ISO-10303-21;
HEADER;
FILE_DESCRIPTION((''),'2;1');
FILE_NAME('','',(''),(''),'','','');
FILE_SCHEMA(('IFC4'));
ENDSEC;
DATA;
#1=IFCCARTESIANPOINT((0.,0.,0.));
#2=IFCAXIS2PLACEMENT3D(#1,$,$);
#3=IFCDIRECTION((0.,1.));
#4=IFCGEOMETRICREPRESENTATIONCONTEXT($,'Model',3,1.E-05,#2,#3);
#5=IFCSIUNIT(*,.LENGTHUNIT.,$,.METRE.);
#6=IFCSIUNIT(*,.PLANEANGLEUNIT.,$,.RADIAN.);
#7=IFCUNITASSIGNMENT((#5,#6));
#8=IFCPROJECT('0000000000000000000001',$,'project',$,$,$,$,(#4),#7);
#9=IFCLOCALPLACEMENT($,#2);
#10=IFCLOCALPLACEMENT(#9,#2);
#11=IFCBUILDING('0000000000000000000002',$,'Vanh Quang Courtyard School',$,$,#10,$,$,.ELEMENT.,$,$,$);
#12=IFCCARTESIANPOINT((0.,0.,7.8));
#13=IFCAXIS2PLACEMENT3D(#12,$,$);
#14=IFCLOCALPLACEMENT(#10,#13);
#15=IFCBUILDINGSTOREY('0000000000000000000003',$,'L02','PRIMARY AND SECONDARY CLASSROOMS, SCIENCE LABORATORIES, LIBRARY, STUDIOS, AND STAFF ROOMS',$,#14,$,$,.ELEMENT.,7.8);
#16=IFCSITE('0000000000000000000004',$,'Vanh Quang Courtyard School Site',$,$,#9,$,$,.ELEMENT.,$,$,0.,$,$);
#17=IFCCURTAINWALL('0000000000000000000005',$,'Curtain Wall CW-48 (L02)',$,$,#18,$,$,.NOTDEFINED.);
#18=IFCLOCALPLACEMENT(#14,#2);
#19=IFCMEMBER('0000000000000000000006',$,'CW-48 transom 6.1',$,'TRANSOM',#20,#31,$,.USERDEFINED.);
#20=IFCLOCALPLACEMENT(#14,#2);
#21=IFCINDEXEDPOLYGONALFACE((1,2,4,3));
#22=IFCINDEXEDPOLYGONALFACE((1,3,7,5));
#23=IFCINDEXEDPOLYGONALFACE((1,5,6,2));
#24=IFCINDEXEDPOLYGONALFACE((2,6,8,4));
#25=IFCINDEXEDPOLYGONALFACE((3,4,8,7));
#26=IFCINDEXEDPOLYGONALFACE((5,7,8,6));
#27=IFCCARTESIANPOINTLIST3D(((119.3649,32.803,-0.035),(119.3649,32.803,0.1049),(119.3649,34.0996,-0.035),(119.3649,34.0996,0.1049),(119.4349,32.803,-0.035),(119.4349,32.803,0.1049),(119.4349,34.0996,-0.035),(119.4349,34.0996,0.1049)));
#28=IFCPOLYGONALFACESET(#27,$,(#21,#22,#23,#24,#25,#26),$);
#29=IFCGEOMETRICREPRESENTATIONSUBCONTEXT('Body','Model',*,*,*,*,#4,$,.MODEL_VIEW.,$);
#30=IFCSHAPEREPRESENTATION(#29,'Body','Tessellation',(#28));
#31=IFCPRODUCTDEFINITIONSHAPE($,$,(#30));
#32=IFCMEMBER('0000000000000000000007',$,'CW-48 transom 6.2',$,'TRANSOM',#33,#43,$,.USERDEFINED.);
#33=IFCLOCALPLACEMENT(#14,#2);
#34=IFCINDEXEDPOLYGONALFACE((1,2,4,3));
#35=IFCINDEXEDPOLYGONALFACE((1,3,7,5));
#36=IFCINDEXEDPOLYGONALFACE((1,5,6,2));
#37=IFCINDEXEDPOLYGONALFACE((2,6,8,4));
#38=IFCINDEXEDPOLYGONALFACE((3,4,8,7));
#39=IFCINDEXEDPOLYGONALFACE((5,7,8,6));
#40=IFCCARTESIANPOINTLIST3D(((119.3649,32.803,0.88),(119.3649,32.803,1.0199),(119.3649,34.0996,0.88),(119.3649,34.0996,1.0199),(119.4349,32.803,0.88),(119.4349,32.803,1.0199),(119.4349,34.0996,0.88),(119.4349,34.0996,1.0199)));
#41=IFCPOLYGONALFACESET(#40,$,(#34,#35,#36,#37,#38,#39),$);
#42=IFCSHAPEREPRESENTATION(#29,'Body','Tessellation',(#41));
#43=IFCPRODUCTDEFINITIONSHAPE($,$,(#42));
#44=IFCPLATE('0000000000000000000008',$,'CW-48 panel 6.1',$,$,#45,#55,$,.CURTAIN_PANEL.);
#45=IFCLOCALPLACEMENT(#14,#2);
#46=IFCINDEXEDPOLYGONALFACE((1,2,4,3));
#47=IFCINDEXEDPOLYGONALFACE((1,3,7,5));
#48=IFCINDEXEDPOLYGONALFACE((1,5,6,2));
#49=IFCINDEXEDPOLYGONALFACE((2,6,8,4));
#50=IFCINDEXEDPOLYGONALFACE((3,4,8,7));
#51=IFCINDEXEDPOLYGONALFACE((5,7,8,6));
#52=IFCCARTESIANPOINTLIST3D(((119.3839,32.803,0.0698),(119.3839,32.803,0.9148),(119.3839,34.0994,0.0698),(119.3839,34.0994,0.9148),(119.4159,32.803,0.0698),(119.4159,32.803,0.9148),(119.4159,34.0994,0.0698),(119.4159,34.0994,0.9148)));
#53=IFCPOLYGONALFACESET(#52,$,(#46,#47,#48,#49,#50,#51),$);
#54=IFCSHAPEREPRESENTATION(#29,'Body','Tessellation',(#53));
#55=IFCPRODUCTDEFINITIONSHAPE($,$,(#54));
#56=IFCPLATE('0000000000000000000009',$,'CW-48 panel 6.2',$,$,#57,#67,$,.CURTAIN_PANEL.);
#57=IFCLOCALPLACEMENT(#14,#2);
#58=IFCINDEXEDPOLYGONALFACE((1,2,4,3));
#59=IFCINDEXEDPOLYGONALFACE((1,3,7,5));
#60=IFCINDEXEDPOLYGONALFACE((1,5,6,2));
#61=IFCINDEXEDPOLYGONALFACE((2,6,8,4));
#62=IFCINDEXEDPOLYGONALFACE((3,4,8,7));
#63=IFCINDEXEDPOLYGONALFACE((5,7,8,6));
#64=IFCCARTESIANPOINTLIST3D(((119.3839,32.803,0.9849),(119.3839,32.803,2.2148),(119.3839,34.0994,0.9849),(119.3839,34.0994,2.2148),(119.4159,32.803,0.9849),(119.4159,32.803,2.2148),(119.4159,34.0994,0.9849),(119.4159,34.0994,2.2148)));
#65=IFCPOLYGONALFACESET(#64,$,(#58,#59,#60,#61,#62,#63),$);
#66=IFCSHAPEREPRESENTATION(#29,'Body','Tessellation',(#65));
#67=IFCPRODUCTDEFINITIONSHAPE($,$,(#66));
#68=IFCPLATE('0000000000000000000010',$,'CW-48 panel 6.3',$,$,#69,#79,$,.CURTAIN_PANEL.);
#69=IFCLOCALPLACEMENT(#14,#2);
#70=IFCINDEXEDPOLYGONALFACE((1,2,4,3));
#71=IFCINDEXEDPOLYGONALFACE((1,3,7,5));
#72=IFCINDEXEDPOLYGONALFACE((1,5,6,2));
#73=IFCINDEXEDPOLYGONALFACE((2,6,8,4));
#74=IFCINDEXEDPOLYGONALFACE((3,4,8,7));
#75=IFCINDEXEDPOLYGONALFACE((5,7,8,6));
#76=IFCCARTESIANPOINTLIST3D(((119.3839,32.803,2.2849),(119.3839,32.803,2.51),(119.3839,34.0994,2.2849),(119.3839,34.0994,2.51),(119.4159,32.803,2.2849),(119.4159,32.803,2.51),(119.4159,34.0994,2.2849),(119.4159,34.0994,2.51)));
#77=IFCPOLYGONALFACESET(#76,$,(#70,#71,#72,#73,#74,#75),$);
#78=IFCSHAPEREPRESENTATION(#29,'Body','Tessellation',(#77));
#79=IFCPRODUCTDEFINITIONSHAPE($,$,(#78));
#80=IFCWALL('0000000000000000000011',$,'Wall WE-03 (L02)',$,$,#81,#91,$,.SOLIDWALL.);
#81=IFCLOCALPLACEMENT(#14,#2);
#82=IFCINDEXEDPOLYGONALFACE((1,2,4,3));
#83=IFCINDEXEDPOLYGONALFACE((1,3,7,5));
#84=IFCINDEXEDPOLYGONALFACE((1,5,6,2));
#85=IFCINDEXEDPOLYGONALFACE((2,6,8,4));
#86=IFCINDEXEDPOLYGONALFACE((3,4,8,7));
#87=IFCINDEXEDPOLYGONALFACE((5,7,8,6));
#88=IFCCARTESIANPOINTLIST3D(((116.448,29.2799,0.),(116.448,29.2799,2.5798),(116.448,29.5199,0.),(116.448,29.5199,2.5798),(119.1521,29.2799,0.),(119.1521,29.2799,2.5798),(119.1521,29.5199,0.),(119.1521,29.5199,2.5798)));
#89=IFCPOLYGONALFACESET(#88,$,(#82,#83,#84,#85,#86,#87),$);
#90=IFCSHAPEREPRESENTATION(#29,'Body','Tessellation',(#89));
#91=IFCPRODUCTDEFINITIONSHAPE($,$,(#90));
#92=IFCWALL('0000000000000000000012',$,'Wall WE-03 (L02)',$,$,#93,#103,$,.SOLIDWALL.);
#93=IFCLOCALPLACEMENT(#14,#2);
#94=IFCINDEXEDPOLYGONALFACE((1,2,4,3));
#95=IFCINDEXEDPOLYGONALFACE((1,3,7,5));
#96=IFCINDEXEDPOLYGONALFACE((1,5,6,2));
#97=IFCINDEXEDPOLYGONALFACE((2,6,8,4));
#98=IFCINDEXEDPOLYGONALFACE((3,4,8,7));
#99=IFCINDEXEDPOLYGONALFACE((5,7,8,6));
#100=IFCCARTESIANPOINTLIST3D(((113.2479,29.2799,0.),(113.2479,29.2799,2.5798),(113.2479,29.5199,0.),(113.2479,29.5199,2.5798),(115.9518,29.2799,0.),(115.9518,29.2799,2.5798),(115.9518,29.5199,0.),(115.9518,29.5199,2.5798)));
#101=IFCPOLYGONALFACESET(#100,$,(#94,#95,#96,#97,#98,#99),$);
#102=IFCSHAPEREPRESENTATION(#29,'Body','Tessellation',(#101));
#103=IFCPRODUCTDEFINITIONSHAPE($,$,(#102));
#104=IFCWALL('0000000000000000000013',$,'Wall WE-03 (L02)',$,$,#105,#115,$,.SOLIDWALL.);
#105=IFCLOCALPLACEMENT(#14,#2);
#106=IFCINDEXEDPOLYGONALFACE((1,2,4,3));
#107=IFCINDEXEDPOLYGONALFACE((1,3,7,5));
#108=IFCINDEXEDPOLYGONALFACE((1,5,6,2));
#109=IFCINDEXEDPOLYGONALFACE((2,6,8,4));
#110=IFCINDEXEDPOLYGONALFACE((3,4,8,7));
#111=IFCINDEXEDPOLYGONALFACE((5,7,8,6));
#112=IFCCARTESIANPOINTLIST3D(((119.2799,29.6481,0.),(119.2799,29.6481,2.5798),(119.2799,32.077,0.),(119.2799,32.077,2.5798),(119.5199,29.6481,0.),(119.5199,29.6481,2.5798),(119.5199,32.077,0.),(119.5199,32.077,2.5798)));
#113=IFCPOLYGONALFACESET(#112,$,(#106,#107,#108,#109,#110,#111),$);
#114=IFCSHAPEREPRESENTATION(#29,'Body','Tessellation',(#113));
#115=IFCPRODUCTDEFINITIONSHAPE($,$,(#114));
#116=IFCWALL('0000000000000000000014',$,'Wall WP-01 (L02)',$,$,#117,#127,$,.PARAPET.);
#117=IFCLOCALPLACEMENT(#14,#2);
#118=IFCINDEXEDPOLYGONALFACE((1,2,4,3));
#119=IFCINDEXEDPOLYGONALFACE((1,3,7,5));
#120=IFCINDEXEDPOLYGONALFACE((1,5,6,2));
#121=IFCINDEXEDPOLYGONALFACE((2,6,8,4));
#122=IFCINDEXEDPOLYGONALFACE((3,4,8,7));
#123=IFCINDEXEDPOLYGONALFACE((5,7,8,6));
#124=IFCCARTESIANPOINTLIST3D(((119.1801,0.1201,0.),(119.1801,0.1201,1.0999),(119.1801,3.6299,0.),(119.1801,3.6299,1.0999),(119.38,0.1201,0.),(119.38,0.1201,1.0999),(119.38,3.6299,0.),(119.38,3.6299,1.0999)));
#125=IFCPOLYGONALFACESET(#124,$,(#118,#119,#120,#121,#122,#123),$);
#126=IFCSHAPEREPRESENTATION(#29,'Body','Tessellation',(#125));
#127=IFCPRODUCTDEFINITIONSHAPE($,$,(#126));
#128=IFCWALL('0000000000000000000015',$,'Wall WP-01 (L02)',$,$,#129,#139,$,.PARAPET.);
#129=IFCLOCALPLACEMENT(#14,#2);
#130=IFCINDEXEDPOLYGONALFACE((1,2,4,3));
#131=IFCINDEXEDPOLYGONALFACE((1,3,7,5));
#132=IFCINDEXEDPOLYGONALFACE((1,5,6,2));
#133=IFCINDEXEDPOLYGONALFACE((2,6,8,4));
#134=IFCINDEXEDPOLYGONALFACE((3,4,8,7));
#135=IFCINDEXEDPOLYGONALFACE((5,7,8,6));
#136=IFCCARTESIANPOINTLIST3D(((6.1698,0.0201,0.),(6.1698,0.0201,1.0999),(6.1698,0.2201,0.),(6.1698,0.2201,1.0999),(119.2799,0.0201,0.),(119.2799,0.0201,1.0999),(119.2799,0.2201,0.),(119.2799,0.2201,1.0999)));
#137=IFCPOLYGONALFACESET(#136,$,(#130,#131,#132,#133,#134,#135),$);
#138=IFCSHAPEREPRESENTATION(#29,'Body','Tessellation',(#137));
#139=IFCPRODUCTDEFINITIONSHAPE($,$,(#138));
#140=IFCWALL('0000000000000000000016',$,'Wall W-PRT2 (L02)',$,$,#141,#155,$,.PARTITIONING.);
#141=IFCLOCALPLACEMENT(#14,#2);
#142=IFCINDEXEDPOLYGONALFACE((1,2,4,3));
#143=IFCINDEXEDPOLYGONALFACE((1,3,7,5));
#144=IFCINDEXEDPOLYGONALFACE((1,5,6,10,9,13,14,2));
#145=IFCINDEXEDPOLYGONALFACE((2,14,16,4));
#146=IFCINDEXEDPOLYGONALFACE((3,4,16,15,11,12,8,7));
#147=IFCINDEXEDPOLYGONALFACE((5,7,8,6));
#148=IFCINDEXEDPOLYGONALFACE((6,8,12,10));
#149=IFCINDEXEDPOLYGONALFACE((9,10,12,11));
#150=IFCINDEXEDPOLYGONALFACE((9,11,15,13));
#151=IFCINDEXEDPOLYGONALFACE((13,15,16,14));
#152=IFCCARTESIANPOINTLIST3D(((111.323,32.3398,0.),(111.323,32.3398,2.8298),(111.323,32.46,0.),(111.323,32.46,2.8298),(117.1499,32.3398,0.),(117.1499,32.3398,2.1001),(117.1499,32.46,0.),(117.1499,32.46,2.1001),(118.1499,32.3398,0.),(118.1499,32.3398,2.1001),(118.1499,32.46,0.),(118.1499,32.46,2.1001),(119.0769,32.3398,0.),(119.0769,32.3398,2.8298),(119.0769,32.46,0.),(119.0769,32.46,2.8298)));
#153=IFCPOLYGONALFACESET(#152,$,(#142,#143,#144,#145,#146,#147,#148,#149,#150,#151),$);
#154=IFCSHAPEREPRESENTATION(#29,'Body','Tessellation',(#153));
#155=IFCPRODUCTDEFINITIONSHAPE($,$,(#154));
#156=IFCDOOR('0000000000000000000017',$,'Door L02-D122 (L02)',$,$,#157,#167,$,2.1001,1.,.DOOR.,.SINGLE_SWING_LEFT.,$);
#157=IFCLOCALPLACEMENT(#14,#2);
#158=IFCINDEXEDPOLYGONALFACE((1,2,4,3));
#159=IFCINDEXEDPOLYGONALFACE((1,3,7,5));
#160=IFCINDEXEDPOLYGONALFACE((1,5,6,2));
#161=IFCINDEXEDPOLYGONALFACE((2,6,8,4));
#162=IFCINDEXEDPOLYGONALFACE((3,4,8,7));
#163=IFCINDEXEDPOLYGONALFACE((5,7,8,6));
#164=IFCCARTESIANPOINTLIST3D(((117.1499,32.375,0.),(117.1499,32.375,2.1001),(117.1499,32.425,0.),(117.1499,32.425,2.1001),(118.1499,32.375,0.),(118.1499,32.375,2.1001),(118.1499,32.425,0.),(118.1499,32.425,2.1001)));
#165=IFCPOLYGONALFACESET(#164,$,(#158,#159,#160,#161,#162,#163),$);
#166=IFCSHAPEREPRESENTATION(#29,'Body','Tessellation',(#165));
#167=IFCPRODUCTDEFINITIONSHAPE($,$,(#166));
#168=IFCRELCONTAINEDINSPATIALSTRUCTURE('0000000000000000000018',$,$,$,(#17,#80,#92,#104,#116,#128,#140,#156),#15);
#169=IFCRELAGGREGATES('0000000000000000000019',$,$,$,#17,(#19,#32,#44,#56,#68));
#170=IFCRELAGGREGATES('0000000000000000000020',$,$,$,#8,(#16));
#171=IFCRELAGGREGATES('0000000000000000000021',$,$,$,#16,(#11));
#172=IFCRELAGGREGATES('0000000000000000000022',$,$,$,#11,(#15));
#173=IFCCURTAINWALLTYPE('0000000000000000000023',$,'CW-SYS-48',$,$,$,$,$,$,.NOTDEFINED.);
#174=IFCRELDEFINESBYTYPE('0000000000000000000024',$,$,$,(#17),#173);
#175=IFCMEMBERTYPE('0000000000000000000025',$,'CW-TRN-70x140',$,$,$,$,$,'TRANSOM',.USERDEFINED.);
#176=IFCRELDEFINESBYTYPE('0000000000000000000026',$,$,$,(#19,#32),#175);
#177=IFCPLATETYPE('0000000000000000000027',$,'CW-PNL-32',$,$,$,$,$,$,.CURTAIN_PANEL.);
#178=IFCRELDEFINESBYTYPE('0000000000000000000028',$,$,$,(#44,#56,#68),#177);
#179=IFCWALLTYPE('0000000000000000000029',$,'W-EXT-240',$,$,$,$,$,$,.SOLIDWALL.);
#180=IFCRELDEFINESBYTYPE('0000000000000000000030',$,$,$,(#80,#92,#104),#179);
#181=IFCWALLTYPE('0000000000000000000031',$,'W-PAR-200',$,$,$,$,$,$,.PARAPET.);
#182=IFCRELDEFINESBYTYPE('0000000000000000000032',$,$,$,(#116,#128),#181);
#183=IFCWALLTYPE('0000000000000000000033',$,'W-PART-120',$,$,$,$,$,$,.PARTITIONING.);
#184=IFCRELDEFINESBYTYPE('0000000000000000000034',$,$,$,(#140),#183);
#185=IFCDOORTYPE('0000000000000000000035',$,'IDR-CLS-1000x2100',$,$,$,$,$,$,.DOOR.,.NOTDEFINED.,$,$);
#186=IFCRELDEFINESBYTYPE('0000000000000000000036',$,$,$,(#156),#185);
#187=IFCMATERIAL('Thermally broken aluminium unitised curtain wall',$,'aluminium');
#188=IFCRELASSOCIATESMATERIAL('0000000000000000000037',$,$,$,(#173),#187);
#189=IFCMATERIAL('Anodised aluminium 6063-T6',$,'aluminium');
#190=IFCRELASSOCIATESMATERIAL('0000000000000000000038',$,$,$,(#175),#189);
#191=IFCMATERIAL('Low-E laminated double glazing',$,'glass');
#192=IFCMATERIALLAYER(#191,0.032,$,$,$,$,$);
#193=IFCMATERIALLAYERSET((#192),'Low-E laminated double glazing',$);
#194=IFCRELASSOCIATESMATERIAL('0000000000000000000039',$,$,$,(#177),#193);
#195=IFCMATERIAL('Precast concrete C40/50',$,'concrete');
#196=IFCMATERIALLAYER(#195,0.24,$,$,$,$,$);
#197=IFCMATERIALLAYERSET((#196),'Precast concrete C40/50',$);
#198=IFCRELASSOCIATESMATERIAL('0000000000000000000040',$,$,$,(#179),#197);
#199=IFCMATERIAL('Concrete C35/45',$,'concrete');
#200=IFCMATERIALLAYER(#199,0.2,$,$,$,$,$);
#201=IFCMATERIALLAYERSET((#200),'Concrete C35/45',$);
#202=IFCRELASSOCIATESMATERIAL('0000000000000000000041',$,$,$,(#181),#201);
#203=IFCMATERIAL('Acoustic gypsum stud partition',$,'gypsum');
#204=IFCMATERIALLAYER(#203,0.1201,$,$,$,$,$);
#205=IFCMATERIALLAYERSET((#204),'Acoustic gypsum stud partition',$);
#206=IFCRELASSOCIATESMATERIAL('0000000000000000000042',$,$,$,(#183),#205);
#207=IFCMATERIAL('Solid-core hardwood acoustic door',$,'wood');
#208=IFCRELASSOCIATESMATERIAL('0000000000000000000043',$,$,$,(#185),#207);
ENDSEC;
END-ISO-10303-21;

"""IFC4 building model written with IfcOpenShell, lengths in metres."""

from ifc_helpers import new_model, si_unit, direction, frame, frame_2d, origin, origin_2d, place, context, subcontext, project, spatial, rectangle, extrude, material, layer, layer_set, material_profile, profile_set, type_object, element, fill, aggregate, save


model = new_model("IFC4")

# Units and contexts
model_context = context("Model", 3, precision=1e-05, world=origin(), true_north=direction((0.0, 1.0)))
body_context = subcontext(model_context, "Body", "Model", "MODEL_VIEW")
ifc_project = project(units=[si_unit("LENGTHUNIT", "METRE"), si_unit("PLANEANGLEUNIT", "RADIAN")], contexts=[model_context])

# Site, building, storey
site_placement = place(None, origin())
site = spatial("IfcSite", under=ifc_project, at=site_placement, Name="Vanh Quang Courtyard School Site", CompositionType="ELEMENT", RefElevation=0.0)
building_placement = place(site_placement, origin())
building = spatial("IfcBuilding", under=site, at=building_placement, Name="Vanh Quang Courtyard School", CompositionType="ELEMENT")
storey_placement = place(building_placement, frame((0.0, 0.0, 7.8)))
storey = spatial("IfcBuildingStorey", under=building, at=storey_placement, Name="L02", Description="PRIMARY AND SECONDARY CLASSROOMS, SCIENCE LABORATORIES, LIBRARY, STUDIOS, AND STAFF ROOMS", CompositionType="ELEMENT", Elevation=7.8)

# Shared definitions
ifc_material_1 = material(Name="Concrete C35/45", Category="concrete")

# Curtain wall, members, plates
ifc_material_2 = material(Name="Thermally broken aluminium unitised curtain wall", Category="aluminium")
curtain_wall_type = type_object("IfcCurtainWallType", Name="CW-SYS-48", PredefinedType="NOTDEFINED", material=ifc_material_2)
curtain_wall_placement = place(storey_placement, origin())
curtain_wall = element("IfcCurtainWall", 1, at=curtain_wall_placement, inside=storey, type_object=curtain_wall_type, Name="Curtain Wall CW-48 (L02)", PredefinedType="NOTDEFINED")
ifc_material_3 = material(Name="Anodised aluminium 6063-T6", Category="aluminium")
ifc_material_profile_1 = material_profile(ifc_material_3, rectangle(XDim=0.0701, YDim=0.1399, at=origin_2d()), Name="ALU-TRN 70x140")
ifc_profile_set_1 = profile_set([ifc_material_profile_1], Name="Anodised aluminium 6063-T6")
member_type_1 = type_object("IfcMemberType", Name="CW-TRN-70x140", ElementType="TRANSOM", PredefinedType="USERDEFINED", material=ifc_profile_set_1)
member_1_placement = place(storey_placement, frame((119.3999, 34.0996, 0.0349), z_axis=(0.0, -1.0, 0.0), x_axis=(1.0, 0.0, 0.0)))
member_1 = element("IfcMember", 2, at=member_1_placement, type_object=member_type_1, Name="CW-48 transom 6.1", ObjectType="TRANSOM", PredefinedType="USERDEFINED", context=body_context, shape_type="SweptSolid", body=[
    extrude(rectangle(XDim=0.0701, YDim=0.1399, at=origin_2d()), origin(), (0.0, 0.0, 1.0), 1.2966),
])
member_2_placement = place(storey_placement, frame((119.3999, 34.0996, 0.95), z_axis=(0.0, -1.0, 0.0), x_axis=(1.0, 0.0, 0.0)))
member_2 = element("IfcMember", 3, at=member_2_placement, type_object=member_type_1, Name="CW-48 transom 6.2", ObjectType="TRANSOM", PredefinedType="USERDEFINED", context=body_context, shape_type="SweptSolid", body=[
    extrude(rectangle(XDim=0.0701, YDim=0.1399, at=origin_2d()), origin(), (0.0, 0.0, 1.0), 1.2966),
])
ifc_material_4 = material(Name="Low-E laminated double glazing", Category="glass")
ifc_layer_1 = layer(ifc_material_4, 0.032)
ifc_layer_set_1 = layer_set([ifc_layer_1], Name="Low-E laminated double glazing")
plate_type = type_object("IfcPlateType", Name="CW-PNL-32", PredefinedType="CURTAIN_PANEL", material=ifc_layer_set_1)
plate_1_placement = place(storey_placement, frame((119.3999, 33.4512, 0.0698), z_axis=(0.0, 0.0, 1.0), x_axis=(0.0, -1.0, 0.0)))
plate_1 = element("IfcPlate", 4, at=plate_1_placement, type_object=plate_type, Name="CW-48 panel 6.1", PredefinedType="CURTAIN_PANEL", context=body_context, shape_type="SweptSolid", body=[
    extrude(rectangle(XDim=1.2964, YDim=0.032, at=origin_2d()), origin(), (0.0, 0.0, 1.0), 0.845),
])
plate_2_placement = place(storey_placement, frame((119.3999, 33.4512, 0.9849), z_axis=(0.0, 0.0, 1.0), x_axis=(0.0, -1.0, 0.0)))
plate_2 = element("IfcPlate", 5, at=plate_2_placement, type_object=plate_type, Name="CW-48 panel 6.2", PredefinedType="CURTAIN_PANEL", context=body_context, shape_type="SweptSolid", body=[
    extrude(rectangle(XDim=1.2964, YDim=0.032, at=origin_2d()), origin(), (0.0, 0.0, 1.0), 1.23),
])
plate_3_placement = place(storey_placement, frame((119.3999, 33.4512, 2.2849), z_axis=(0.0, 0.0, 1.0), x_axis=(0.0, -1.0, 0.0)))
plate_3 = element("IfcPlate", 6, at=plate_3_placement, type_object=plate_type, Name="CW-48 panel 6.3", PredefinedType="CURTAIN_PANEL", context=body_context, shape_type="SweptSolid", body=[
    extrude(rectangle(XDim=1.2964, YDim=0.032, at=origin_2d()), origin(), (0.0, 0.0, 1.0), 0.2251),
])
aggregate(curtain_wall, [member_1, member_2, plate_1, plate_2, plate_3])

# Walls
ifc_material_5 = material(Name="Precast concrete C40/50", Category="concrete")
ifc_layer_2 = layer(ifc_material_5, 0.24)
ifc_layer_set_2 = layer_set([ifc_layer_2], Name="Precast concrete C40/50")
wall_type_1 = type_object("IfcWallType", Name="W-EXT-240", PredefinedType="SOLIDWALL", material=ifc_layer_set_2)
wall_1_placement = place(storey_placement, frame((119.1521, 29.3999, 0.0), z_axis=(0.0, 0.0, 1.0), x_axis=(-1.0, 0.0, 0.0)))
element("IfcWall", 7, at=wall_1_placement, inside=storey, type_object=wall_type_1, Name="Wall WE-03 (L02)", PredefinedType="SOLIDWALL", context=body_context, shape_type="SweptSolid", body=[
    extrude(rectangle(XDim=2.7041, YDim=0.24, at=frame_2d((1.3521, 0.0))), origin(), (0.0, 0.0, 1.0), 2.5798),
])
wall_2_placement = place(storey_placement, frame((115.9519, 29.3999, 0.0), z_axis=(0.0, 0.0, 1.0), x_axis=(-1.0, 0.0, 0.0)))
element("IfcWall", 8, at=wall_2_placement, inside=storey, type_object=wall_type_1, Name="Wall WE-03 (L02)", PredefinedType="SOLIDWALL", context=body_context, shape_type="SweptSolid", body=[
    extrude(rectangle(XDim=2.7039, YDim=0.24, at=frame_2d((1.3521, 0.0))), origin(), (0.0, 0.0, 1.0), 2.5798),
])
wall_3_placement = place(storey_placement, frame((119.3999, 32.0769, 0.0), z_axis=(0.0, 0.0, 1.0), x_axis=(0.0, -1.0, 0.0)))
element("IfcWall", 9, at=wall_3_placement, inside=storey, type_object=wall_type_1, Name="Wall WE-03 (L02)", PredefinedType="SOLIDWALL", context=body_context, shape_type="SweptSolid", body=[
    extrude(rectangle(XDim=2.429, YDim=0.24, at=frame_2d((1.2144, 0.0))), origin(), (0.0, 0.0, 1.0), 2.5798),
])
ifc_layer_3 = layer(ifc_material_1, 0.2)
ifc_layer_set_3 = layer_set([ifc_layer_3], Name="Concrete C35/45")
wall_type_2 = type_object("IfcWallType", Name="W-PAR-200", PredefinedType="PARAPET", material=ifc_layer_set_3)
wall_4_placement = place(storey_placement, frame((119.28, 3.6299, 0.0), z_axis=(0.0, 0.0, 1.0), x_axis=(0.0, -1.0, 0.0)))
element("IfcWall", 10, at=wall_4_placement, inside=storey, type_object=wall_type_2, Name="Wall WP-01 (L02)", PredefinedType="PARAPET", context=body_context, shape_type="SweptSolid", body=[
    extrude(rectangle(XDim=3.5098, YDim=0.2, at=frame_2d((1.7549, 0.0))), origin(), (0.0, 0.0, 1.0), 1.0999),
])
wall_5_placement = place(storey_placement, frame((119.28, 0.1201, 0.0), z_axis=(0.0, 0.0, 1.0), x_axis=(-1.0, 0.0, 0.0)))
element("IfcWall", 11, at=wall_5_placement, inside=storey, type_object=wall_type_2, Name="Wall WP-01 (L02)", PredefinedType="PARAPET", context=body_context, shape_type="SweptSolid", body=[
    extrude(rectangle(XDim=113.1101, YDim=0.2, at=frame_2d((56.5552, 0.0))), origin(), (0.0, 0.0, 1.0), 1.0999),
])

# Wall, opening, door
ifc_material_6 = material(Name="Acoustic gypsum stud partition", Category="gypsum")
ifc_layer_4 = layer(ifc_material_6, 0.1201)
ifc_layer_set_4 = layer_set([ifc_layer_4], Name="Acoustic gypsum stud partition")
wall_type_3 = type_object("IfcWallType", Name="W-PART-120", PredefinedType="PARTITIONING", material=ifc_layer_set_4)
wall_6_placement = place(storey_placement, frame((119.0769, 32.3999, 0.0), z_axis=(0.0, 0.0, 1.0), x_axis=(-1.0, 0.0, 0.0)))
wall_6 = element("IfcWall", 12, at=wall_6_placement, inside=storey, type_object=wall_type_3, Name="Wall W-PRT2 (L02)", PredefinedType="PARTITIONING", context=body_context, shape_type="SweptSolid", body=[
    extrude(rectangle(XDim=7.7539, YDim=0.1201, at=frame_2d((3.877, 0.0))), origin(), (0.0, 0.0, 1.0), 2.8298),
])
opening_placement = place(wall_6_placement, frame((0.927, 0.0, 0.0)))
opening = element("IfcOpeningElement", 13, at=opening_placement, cuts=wall_6, PredefinedType="OPENING", context=body_context, shape_type="SweptSolid", body=[
    extrude(rectangle(XDim=1.0, YDim=2.1001, at=frame_2d((0.5, 1.05))), frame((0.0, 0.0701, 0.0), z_axis=(0.0, -1.0, 0.0), x_axis=(1.0, 0.0, 0.0)), (0.0, 0.0, 1.0), 0.1401),
])
ifc_material_7 = material(Name="Solid-core hardwood acoustic door", Category="wood")
door_type = type_object("IfcDoorType", Name="IDR-CLS-1000x2100", OperationType="NOTDEFINED", PredefinedType="DOOR", material=ifc_material_7)
door_placement = place(opening_placement, origin())
door = element("IfcDoor", 14, at=door_placement, inside=storey, type_object=door_type, Name="Door L02-D122 (L02)", OperationType="SINGLE_SWING_LEFT", OverallHeight=2.1001, OverallWidth=1.0, PredefinedType="DOOR", context=body_context, shape_type="SweptSolid", body=[
    extrude(rectangle(XDim=1.0, YDim=2.1001, at=frame_2d((0.5, 1.05))), frame((0.0, 0.0249, 0.0), z_axis=(0.0, -1.0, 0.0), x_axis=(1.0, 0.0, 0.0)), (0.0, 0.0, 1.0), 0.05),
])
fill(opening, door)

save(model, "model.ifc")
